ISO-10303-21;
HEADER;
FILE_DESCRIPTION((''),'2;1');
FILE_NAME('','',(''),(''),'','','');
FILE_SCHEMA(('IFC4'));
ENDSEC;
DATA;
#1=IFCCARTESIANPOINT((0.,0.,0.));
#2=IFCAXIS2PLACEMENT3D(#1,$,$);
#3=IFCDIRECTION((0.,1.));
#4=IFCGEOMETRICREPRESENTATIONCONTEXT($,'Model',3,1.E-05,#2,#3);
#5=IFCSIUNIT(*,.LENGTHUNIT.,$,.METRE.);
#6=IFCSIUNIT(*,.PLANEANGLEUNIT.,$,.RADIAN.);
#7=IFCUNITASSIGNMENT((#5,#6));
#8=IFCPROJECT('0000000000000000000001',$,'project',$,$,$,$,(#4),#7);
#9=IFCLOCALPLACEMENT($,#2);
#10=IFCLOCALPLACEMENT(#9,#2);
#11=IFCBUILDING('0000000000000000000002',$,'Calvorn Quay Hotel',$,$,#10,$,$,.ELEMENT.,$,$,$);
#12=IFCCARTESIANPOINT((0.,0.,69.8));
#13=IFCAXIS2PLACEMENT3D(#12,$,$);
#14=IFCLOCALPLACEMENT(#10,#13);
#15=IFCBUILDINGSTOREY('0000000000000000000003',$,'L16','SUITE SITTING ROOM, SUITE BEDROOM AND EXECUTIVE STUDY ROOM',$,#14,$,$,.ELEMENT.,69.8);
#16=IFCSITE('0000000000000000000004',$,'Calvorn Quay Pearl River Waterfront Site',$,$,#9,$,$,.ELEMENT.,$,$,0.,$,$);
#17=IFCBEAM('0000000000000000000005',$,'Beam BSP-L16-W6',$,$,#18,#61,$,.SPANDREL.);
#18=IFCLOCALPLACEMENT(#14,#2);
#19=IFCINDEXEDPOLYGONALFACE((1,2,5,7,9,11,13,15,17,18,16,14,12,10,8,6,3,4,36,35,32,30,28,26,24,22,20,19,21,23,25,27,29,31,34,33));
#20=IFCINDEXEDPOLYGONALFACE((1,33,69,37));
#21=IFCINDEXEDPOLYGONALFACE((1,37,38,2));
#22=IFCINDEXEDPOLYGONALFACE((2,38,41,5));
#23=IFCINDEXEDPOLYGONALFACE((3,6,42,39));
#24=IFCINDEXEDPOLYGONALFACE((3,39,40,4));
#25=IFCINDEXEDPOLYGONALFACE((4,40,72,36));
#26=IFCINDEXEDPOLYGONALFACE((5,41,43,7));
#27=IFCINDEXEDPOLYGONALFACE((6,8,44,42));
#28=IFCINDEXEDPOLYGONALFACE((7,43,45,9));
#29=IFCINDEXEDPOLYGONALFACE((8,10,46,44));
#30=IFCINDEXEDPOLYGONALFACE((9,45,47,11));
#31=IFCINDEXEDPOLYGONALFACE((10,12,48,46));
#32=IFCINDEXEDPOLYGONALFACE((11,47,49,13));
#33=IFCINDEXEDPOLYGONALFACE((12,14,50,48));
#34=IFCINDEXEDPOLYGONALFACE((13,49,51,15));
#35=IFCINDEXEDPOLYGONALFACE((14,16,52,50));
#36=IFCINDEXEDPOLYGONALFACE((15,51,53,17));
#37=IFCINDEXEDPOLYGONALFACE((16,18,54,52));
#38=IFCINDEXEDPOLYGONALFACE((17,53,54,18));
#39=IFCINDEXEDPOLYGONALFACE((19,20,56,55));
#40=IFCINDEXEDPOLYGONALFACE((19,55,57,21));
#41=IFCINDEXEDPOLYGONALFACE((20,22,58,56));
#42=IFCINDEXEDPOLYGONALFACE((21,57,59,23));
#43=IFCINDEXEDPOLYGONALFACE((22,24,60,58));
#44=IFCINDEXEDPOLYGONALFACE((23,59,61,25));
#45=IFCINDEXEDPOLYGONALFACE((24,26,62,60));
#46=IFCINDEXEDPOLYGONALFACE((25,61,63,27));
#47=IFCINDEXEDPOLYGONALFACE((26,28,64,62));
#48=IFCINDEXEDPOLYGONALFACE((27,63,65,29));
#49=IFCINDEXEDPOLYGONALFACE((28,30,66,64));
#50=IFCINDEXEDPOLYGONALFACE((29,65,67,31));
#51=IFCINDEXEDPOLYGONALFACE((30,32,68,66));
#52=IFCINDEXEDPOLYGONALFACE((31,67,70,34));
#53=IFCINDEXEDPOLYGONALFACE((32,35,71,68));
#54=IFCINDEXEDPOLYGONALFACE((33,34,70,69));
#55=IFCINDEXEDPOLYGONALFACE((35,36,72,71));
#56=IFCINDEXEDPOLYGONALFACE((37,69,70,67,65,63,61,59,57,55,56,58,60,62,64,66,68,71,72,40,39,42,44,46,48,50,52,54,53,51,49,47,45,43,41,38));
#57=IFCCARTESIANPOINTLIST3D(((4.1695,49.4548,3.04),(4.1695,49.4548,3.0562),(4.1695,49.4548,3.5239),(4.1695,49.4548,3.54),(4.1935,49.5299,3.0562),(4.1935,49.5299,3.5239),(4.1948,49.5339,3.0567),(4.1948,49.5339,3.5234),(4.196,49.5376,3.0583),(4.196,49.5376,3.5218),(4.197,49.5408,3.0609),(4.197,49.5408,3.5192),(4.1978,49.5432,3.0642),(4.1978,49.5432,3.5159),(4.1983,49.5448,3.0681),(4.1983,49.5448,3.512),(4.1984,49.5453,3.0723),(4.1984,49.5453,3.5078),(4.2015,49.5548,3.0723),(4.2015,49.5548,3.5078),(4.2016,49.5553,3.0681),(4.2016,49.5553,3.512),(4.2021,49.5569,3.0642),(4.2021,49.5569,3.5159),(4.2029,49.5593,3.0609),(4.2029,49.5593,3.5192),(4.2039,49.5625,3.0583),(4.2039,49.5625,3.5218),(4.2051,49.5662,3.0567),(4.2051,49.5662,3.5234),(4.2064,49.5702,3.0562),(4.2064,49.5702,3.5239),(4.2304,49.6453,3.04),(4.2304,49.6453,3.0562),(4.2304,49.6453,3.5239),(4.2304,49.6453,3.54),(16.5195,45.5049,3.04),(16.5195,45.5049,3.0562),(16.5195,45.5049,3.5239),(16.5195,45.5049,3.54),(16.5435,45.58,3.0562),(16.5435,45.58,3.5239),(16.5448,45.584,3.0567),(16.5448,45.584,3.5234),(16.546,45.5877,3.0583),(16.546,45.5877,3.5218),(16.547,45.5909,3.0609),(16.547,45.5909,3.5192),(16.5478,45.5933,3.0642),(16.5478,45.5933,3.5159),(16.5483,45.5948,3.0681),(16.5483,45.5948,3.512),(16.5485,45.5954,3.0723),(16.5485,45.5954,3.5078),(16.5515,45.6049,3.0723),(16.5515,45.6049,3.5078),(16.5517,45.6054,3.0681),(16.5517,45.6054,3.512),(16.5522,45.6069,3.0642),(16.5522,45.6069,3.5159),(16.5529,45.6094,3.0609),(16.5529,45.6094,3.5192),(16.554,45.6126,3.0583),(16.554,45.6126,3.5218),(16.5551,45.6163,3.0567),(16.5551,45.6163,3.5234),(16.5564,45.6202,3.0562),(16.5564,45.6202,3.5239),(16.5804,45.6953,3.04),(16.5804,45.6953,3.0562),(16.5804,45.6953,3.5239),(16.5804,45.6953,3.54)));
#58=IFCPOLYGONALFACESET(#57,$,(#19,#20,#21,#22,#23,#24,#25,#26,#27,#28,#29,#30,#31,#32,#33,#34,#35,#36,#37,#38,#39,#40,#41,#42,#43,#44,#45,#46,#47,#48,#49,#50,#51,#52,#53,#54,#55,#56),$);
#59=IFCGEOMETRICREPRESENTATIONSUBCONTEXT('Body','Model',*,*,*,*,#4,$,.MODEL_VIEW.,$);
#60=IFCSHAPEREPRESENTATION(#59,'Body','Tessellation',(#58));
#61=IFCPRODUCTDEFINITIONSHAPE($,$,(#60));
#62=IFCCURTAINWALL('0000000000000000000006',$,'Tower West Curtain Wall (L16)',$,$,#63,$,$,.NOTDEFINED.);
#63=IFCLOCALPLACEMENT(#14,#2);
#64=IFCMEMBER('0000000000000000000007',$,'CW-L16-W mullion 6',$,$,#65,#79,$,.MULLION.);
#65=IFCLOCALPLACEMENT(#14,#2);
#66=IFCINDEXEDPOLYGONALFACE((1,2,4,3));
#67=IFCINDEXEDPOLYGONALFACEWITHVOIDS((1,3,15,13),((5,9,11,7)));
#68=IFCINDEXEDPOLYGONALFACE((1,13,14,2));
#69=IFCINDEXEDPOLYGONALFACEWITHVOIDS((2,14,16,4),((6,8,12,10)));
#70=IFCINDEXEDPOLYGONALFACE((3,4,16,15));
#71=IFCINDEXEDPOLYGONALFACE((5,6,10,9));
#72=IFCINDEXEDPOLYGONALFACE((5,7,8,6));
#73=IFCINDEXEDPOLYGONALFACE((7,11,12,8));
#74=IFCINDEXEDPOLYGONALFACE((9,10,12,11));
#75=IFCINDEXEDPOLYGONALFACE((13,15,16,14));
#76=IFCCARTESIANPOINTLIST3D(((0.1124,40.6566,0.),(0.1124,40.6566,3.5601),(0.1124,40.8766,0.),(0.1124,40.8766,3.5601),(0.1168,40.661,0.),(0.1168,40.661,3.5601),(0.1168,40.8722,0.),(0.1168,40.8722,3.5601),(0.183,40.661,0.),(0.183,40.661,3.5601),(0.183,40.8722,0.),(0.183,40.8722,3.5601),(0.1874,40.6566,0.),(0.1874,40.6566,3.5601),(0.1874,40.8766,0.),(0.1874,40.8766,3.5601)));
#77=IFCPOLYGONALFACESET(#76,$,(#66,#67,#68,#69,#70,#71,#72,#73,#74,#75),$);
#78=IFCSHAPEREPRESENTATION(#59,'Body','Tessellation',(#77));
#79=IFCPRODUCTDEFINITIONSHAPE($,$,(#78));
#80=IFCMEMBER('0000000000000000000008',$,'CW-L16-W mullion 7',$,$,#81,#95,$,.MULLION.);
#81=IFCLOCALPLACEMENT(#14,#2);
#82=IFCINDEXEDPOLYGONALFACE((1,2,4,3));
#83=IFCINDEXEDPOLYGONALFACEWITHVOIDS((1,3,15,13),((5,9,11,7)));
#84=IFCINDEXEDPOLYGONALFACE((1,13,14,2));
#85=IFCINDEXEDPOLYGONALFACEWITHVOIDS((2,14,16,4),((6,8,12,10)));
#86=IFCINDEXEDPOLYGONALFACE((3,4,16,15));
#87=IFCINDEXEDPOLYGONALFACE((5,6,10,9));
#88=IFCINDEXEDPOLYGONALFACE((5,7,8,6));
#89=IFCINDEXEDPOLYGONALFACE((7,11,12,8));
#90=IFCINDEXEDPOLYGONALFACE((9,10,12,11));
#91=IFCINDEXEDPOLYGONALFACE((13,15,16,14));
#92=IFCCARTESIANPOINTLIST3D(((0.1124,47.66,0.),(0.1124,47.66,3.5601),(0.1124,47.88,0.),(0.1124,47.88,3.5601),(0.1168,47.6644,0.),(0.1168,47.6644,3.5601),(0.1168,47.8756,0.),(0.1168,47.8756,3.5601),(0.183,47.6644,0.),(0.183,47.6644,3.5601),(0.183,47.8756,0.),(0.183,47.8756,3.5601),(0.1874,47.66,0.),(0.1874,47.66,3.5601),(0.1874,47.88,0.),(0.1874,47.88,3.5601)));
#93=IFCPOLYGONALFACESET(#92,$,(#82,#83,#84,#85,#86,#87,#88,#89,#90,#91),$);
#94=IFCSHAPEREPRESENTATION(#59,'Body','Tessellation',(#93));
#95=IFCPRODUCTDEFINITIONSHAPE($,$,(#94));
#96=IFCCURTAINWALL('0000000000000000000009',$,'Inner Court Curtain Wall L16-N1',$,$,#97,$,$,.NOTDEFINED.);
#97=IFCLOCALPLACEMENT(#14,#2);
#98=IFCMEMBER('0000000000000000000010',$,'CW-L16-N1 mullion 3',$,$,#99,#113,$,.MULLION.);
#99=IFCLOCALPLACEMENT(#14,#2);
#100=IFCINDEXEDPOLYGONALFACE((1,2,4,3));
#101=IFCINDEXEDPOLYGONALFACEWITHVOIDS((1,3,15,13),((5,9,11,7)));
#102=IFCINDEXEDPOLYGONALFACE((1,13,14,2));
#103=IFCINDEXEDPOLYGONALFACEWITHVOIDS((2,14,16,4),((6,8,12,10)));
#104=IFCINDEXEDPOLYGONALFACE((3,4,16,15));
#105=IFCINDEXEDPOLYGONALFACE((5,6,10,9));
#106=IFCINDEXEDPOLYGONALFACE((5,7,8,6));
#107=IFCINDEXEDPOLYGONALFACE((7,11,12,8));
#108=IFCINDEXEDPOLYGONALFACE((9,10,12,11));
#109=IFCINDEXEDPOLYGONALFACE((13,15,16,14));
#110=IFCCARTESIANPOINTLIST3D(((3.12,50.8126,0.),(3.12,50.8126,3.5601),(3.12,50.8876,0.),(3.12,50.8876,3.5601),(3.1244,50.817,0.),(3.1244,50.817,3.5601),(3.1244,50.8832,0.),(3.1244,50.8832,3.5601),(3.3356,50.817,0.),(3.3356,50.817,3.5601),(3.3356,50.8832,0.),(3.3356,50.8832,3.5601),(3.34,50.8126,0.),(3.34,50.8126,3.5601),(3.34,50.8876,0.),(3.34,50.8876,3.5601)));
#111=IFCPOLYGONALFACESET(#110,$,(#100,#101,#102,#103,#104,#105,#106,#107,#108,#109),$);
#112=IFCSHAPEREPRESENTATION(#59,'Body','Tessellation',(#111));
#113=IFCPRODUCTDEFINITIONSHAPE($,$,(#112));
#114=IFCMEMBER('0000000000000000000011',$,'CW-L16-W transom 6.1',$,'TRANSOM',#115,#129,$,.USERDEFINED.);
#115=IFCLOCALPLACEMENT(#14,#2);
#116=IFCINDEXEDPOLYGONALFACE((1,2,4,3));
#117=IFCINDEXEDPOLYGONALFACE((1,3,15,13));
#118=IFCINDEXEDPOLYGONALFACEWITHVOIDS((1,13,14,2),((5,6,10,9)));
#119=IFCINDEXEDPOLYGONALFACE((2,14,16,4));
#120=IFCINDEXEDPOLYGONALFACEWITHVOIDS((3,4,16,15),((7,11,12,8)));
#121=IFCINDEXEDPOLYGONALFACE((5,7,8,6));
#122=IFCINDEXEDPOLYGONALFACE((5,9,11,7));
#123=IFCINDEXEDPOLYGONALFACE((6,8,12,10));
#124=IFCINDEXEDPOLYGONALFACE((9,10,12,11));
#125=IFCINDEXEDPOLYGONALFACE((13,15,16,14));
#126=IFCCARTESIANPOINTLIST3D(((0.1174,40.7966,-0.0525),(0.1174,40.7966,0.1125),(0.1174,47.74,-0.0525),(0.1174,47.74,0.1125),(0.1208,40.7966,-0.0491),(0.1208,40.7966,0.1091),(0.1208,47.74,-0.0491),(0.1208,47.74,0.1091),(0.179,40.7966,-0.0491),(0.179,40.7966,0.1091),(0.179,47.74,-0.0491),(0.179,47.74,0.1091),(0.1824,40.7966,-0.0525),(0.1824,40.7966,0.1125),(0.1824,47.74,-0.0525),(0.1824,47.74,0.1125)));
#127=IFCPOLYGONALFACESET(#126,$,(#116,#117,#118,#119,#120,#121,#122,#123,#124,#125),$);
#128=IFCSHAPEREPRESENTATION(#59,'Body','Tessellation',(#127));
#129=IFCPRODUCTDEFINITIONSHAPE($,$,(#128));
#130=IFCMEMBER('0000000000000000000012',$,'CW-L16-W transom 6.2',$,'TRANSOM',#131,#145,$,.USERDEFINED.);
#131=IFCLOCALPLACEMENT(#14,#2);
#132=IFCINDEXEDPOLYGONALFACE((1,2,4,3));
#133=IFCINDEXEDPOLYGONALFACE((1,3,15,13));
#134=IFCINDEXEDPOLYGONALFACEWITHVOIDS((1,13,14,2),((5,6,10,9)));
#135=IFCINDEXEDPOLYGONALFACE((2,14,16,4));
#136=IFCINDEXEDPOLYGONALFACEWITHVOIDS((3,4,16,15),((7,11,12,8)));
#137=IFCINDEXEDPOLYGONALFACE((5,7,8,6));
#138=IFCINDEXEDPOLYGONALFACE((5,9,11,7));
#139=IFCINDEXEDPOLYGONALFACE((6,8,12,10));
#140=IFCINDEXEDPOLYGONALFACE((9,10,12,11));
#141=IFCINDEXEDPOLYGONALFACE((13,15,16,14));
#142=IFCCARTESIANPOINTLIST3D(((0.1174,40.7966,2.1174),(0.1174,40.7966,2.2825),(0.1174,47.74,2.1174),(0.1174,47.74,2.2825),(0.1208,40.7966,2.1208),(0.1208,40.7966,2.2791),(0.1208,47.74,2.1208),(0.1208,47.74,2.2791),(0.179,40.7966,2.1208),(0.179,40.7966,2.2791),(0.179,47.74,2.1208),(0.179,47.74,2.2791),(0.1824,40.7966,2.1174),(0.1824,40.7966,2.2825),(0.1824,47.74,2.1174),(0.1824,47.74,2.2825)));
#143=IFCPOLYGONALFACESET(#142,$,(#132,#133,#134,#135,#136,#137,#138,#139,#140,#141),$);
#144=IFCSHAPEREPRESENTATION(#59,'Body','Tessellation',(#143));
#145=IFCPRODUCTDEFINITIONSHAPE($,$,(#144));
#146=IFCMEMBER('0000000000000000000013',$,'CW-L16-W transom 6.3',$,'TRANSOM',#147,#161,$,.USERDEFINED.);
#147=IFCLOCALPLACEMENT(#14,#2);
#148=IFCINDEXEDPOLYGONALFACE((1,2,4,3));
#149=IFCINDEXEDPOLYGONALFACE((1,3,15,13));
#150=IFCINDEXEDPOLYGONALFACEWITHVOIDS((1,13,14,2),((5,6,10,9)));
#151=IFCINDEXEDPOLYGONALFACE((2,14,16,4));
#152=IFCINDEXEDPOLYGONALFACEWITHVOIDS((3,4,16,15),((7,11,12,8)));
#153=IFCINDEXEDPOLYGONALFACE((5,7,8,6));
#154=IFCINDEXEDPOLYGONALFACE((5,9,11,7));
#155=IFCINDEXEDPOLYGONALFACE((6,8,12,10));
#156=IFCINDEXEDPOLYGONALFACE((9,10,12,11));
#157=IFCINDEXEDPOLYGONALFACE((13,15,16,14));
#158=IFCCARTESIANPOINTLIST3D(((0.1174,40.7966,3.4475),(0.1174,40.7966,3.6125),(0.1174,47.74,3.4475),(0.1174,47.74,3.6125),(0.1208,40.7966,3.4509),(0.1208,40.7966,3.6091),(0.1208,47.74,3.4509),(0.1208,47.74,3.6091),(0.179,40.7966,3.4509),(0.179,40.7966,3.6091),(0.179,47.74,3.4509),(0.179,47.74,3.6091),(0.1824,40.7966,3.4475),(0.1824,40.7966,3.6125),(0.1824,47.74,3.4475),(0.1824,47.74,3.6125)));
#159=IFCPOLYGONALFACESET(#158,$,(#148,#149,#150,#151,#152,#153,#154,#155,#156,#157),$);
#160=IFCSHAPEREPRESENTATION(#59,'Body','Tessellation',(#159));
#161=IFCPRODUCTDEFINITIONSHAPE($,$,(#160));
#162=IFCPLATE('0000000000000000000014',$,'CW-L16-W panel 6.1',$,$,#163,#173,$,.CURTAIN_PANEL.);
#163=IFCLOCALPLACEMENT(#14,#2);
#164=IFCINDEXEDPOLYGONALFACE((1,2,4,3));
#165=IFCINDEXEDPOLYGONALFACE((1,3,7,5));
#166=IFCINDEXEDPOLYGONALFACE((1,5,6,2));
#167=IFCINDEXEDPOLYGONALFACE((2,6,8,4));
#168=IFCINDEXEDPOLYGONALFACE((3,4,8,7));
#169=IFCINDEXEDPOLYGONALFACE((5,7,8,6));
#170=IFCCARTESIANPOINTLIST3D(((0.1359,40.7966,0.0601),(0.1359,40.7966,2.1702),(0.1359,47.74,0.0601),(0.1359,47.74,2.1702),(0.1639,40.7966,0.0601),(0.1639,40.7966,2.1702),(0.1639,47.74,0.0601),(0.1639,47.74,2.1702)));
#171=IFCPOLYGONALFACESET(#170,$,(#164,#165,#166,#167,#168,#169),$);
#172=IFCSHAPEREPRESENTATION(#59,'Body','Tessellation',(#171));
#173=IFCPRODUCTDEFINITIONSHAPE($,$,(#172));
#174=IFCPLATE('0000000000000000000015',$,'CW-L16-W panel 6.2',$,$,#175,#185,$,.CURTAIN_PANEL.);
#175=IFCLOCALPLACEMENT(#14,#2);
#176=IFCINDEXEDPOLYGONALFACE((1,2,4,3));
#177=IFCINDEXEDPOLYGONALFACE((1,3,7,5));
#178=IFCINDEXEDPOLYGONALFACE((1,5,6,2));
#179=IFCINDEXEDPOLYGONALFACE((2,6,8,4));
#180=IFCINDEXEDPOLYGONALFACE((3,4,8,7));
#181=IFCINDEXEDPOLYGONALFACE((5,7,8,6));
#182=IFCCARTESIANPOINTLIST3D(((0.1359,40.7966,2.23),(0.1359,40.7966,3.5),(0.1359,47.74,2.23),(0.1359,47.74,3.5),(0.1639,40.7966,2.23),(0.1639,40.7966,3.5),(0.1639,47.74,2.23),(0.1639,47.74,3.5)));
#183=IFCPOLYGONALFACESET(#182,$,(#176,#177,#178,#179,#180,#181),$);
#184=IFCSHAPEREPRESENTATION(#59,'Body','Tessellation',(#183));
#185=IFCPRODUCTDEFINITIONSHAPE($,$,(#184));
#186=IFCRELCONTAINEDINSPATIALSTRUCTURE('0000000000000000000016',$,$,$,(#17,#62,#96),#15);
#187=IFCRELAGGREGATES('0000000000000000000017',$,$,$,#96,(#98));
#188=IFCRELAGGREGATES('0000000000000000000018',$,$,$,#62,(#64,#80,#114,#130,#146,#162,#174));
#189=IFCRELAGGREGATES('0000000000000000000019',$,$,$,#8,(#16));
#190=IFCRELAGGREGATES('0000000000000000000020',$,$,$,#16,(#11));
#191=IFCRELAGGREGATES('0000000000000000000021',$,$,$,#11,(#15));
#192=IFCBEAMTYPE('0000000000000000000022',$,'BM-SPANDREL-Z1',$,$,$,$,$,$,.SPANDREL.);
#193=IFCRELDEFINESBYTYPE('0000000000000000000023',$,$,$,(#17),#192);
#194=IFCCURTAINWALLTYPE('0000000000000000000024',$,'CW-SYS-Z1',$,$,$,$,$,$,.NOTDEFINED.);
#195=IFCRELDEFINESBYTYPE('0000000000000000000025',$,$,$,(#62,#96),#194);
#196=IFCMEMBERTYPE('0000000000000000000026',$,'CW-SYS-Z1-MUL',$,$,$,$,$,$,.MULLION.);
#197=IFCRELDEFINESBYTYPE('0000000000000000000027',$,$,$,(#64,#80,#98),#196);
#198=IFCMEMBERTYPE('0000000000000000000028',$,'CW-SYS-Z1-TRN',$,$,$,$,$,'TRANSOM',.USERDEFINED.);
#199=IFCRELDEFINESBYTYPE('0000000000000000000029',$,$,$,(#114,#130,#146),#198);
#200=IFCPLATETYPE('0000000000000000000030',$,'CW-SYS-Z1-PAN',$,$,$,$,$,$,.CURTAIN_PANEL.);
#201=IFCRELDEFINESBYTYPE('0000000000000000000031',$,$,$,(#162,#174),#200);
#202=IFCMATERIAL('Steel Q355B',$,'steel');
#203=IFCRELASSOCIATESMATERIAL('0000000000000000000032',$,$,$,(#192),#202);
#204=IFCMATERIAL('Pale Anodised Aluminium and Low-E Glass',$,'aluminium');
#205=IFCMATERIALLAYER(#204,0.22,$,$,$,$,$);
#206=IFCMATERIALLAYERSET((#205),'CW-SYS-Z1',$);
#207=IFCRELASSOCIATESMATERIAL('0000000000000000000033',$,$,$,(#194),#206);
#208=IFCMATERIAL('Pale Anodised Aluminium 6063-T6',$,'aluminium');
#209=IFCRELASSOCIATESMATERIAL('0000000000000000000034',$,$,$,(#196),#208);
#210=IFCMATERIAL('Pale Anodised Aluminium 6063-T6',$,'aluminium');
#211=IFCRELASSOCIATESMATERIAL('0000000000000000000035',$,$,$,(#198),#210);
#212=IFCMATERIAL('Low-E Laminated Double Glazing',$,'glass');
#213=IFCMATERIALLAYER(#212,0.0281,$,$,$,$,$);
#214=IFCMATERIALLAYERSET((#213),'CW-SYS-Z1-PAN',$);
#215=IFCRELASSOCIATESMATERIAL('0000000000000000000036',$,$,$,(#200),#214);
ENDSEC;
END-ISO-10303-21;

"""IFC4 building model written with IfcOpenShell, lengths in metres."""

from ifc_helpers import new_model, si_unit, direction, frame, origin, origin_2d, place, context, subcontext, project, spatial, rectangle, hollow_rectangle, i_section, extrude, material, layer, layer_set, material_profile, profile_set, type_object, element, aggregate, save


model = new_model("IFC4")

# Units and contexts
model_context = context("Model", 3, precision=1e-05, world=origin(), true_north=direction((0.0, 1.0)))
body_context = subcontext(model_context, "Body", "Model", "MODEL_VIEW")
ifc_project = project(units=[si_unit("LENGTHUNIT", "METRE"), si_unit("PLANEANGLEUNIT", "RADIAN")], contexts=[model_context])

# Site, building, storey
site_placement = place(None, origin())
site = spatial("IfcSite", under=ifc_project, at=site_placement, Name="Calvorn Quay Pearl River Waterfront Site", CompositionType="ELEMENT", RefElevation=0.0)
building_placement = place(site_placement, origin())
building = spatial("IfcBuilding", under=site, at=building_placement, Name="Calvorn Quay Hotel", CompositionType="ELEMENT")
storey_placement = place(building_placement, frame((0.0, 0.0, 69.8)))
storey = spatial("IfcBuildingStorey", under=building, at=storey_placement, Name="L16", Description="SUITE SITTING ROOM, SUITE BEDROOM AND EXECUTIVE STUDY ROOM", CompositionType="ELEMENT", Elevation=69.8)

# Beam
ifc_material_1 = material(Name="Steel Q355B", Category="steel")
ifc_material_profile_1 = material_profile(ifc_material_1, i_section(OverallWidth=0.2, OverallDepth=0.5, WebThickness=0.01, FlangeThickness=0.0161, FilletRadius=0.0161, at=origin_2d()), Name="HN500x200x10x16")
ifc_profile_set_1 = profile_set([ifc_material_profile_1], Name="Steel Q355B")
beam_type_1 = type_object("IfcBeamType", Name="BM-SPANDREL-Z1", PredefinedType="SPANDREL", material=ifc_profile_set_1)
beam_1_placement = place(storey_placement, frame((4.2, 49.55, 3.29), z_axis=(0.952471, -0.30463, 0.0), x_axis=(0.30463, 0.952471, 0.0)))
element("IfcBeam", 1, at=beam_1_placement, inside=storey, type_object=beam_type_1, Name="Beam BSP-L16-W6", PredefinedType="SPANDREL", context=body_context, shape_type="SweptSolid", body=[
    extrude(i_section(OverallWidth=0.2, OverallDepth=0.5, WebThickness=0.01, FlangeThickness=0.0161, FilletRadius=0.0161, at=origin_2d()), origin(), (0.0, 0.0, 1.0), 12.9663),
])

# Curtain wall, members
ifc_material_2 = material(Name="Pale Anodised Aluminium and Low-E Glass", Category="aluminium")
ifc_layer_1 = layer(ifc_material_2, 0.22)
ifc_layer_set_1 = layer_set([ifc_layer_1], Name="CW-SYS-Z1")
curtain_wall_type = type_object("IfcCurtainWallType", Name="CW-SYS-Z1", PredefinedType="NOTDEFINED", material=ifc_layer_set_1)
curtain_wall_1_placement = place(storey_placement, origin())
curtain_wall_1 = element("IfcCurtainWall", 2, at=curtain_wall_1_placement, inside=storey, type_object=curtain_wall_type, Name="Tower West Curtain Wall (L16)", PredefinedType="NOTDEFINED")
ifc_material_3 = material(Name="Pale Anodised Aluminium 6063-T6", Category="aluminium")
ifc_material_profile_2 = material_profile(ifc_material_3, hollow_rectangle(XDim=0.075, YDim=0.22, WallThickness=0.0044, at=origin_2d()), Name="ALU-M220x75x4.5")
ifc_profile_set_2 = profile_set([ifc_material_profile_2], Name="Pale Anodised Aluminium 6063-T6")
member_type_1 = type_object("IfcMemberType", Name="CW-SYS-Z1-MUL", PredefinedType="MULLION", material=ifc_profile_set_2)
member_1_placement = place(storey_placement, frame((0.1499, 40.7666, 0.0), z_axis=(0.0, 0.0, 1.0), x_axis=(-1.0, 0.0, 0.0)))
member_1 = element("IfcMember", 3, at=member_1_placement, type_object=member_type_1, Name="CW-L16-W mullion 6", PredefinedType="MULLION", context=body_context, shape_type="SweptSolid", body=[
    extrude(hollow_rectangle(XDim=0.075, YDim=0.22, WallThickness=0.0044, at=origin_2d()), origin(), (0.0, 0.0, 1.0), 3.5601),
])
member_2_placement = place(storey_placement, frame((0.1499, 47.77, 0.0), z_axis=(0.0, 0.0, 1.0), x_axis=(-1.0, 0.0, 0.0)))
member_2 = element("IfcMember", 4, at=member_2_placement, type_object=member_type_1, Name="CW-L16-W mullion 7", PredefinedType="MULLION", context=body_context, shape_type="SweptSolid", body=[
    extrude(hollow_rectangle(XDim=0.075, YDim=0.22, WallThickness=0.0044, at=origin_2d()), origin(), (0.0, 0.0, 1.0), 3.5601),
])

# Curtain wall, member
curtain_wall_2_placement = place(storey_placement, origin())
curtain_wall_2 = element("IfcCurtainWall", 5, at=curtain_wall_2_placement, inside=storey, type_object=curtain_wall_type, Name="Inner Court Curtain Wall L16-N1", PredefinedType="NOTDEFINED")
member_3_placement = place(storey_placement, frame((3.23, 50.8501, 0.0), z_axis=(0.0, 0.0, 1.0), x_axis=(0.0, -1.0, 0.0)))
member_3 = element("IfcMember", 6, at=member_3_placement, type_object=member_type_1, Name="CW-L16-N1 mullion 3", PredefinedType="MULLION", context=body_context, shape_type="SweptSolid", body=[
    extrude(hollow_rectangle(XDim=0.075, YDim=0.22, WallThickness=0.0044, at=origin_2d()), origin(), (0.0, 0.0, 1.0), 3.5601),
])
aggregate(curtain_wall_2, [member_3])

# Members
ifc_material_4 = material(Name="Pale Anodised Aluminium 6063-T6", Category="aluminium")
ifc_material_profile_3 = material_profile(ifc_material_4, hollow_rectangle(XDim=0.0649, YDim=0.165, WallThickness=0.0034, at=origin_2d()), Name="ALU-T165x65x3.5")
ifc_profile_set_3 = profile_set([ifc_material_profile_3], Name="Pale Anodised Aluminium 6063-T6")
member_type_2 = type_object("IfcMemberType", Name="CW-SYS-Z1-TRN", ElementType="TRANSOM", PredefinedType="USERDEFINED", material=ifc_profile_set_3)
member_4_placement = place(storey_placement, frame((0.1499, 40.7966, 0.03), z_axis=(0.0, 1.0, 0.0), x_axis=(-1.0, 0.0, 0.0)))
member_4 = element("IfcMember", 7, at=member_4_placement, type_object=member_type_2, Name="CW-L16-W transom 6.1", ObjectType="TRANSOM", PredefinedType="USERDEFINED", context=body_context, shape_type="SweptSolid", body=[
    extrude(hollow_rectangle(XDim=0.0649, YDim=0.165, WallThickness=0.0034, at=origin_2d()), origin(), (0.0, 0.0, 1.0), 6.9434),
])
member_5_placement = place(storey_placement, frame((0.1499, 40.7966, 2.2), z_axis=(0.0, 1.0, 0.0), x_axis=(-1.0, 0.0, 0.0)))
member_5 = element("IfcMember", 8, at=member_5_placement, type_object=member_type_2, Name="CW-L16-W transom 6.2", ObjectType="TRANSOM", PredefinedType="USERDEFINED", context=body_context, shape_type="SweptSolid", body=[
    extrude(hollow_rectangle(XDim=0.0649, YDim=0.165, WallThickness=0.0034, at=origin_2d()), origin(), (0.0, 0.0, 1.0), 6.9434),
])
member_6_placement = place(storey_placement, frame((0.1499, 40.7966, 3.53), z_axis=(0.0, 1.0, 0.0), x_axis=(-1.0, 0.0, 0.0)))
member_6 = element("IfcMember", 9, at=member_6_placement, type_object=member_type_2, Name="CW-L16-W transom 6.3", ObjectType="TRANSOM", PredefinedType="USERDEFINED", context=body_context, shape_type="SweptSolid", body=[
    extrude(hollow_rectangle(XDim=0.0649, YDim=0.165, WallThickness=0.0034, at=origin_2d()), origin(), (0.0, 0.0, 1.0), 6.9434),
])

# Plates
ifc_material_5 = material(Name="Low-E Laminated Double Glazing", Category="glass")
ifc_layer_2 = layer(ifc_material_5, 0.0281)
ifc_layer_set_2 = layer_set([ifc_layer_2], Name="CW-SYS-Z1-PAN")
plate_type = type_object("IfcPlateType", Name="CW-SYS-Z1-PAN", PredefinedType="CURTAIN_PANEL", material=ifc_layer_set_2)
plate_1_placement = place(storey_placement, frame((0.1499, 44.2683, 0.0601), z_axis=(0.0, 0.0, 1.0), x_axis=(0.0, 1.0, 0.0)))
plate_1 = element("IfcPlate", 10, at=plate_1_placement, type_object=plate_type, Name="CW-L16-W panel 6.1", PredefinedType="CURTAIN_PANEL", context=body_context, shape_type="SweptSolid", body=[
    extrude(rectangle(XDim=6.9434, YDim=0.0281, at=origin_2d()), origin(), (0.0, 0.0, 1.0), 2.1101),
])
plate_2_placement = place(storey_placement, frame((0.1499, 44.2683, 2.23), z_axis=(0.0, 0.0, 1.0), x_axis=(0.0, 1.0, 0.0)))
plate_2 = element("IfcPlate", 11, at=plate_2_placement, type_object=plate_type, Name="CW-L16-W panel 6.2", PredefinedType="CURTAIN_PANEL", context=body_context, shape_type="SweptSolid", body=[
    extrude(rectangle(XDim=6.9434, YDim=0.0281, at=origin_2d()), origin(), (0.0, 0.0, 1.0), 1.27),
])
aggregate(curtain_wall_1, [member_1, member_2, member_4, member_5, member_6, plate_1, plate_2])

save(model, "model.ifc")
